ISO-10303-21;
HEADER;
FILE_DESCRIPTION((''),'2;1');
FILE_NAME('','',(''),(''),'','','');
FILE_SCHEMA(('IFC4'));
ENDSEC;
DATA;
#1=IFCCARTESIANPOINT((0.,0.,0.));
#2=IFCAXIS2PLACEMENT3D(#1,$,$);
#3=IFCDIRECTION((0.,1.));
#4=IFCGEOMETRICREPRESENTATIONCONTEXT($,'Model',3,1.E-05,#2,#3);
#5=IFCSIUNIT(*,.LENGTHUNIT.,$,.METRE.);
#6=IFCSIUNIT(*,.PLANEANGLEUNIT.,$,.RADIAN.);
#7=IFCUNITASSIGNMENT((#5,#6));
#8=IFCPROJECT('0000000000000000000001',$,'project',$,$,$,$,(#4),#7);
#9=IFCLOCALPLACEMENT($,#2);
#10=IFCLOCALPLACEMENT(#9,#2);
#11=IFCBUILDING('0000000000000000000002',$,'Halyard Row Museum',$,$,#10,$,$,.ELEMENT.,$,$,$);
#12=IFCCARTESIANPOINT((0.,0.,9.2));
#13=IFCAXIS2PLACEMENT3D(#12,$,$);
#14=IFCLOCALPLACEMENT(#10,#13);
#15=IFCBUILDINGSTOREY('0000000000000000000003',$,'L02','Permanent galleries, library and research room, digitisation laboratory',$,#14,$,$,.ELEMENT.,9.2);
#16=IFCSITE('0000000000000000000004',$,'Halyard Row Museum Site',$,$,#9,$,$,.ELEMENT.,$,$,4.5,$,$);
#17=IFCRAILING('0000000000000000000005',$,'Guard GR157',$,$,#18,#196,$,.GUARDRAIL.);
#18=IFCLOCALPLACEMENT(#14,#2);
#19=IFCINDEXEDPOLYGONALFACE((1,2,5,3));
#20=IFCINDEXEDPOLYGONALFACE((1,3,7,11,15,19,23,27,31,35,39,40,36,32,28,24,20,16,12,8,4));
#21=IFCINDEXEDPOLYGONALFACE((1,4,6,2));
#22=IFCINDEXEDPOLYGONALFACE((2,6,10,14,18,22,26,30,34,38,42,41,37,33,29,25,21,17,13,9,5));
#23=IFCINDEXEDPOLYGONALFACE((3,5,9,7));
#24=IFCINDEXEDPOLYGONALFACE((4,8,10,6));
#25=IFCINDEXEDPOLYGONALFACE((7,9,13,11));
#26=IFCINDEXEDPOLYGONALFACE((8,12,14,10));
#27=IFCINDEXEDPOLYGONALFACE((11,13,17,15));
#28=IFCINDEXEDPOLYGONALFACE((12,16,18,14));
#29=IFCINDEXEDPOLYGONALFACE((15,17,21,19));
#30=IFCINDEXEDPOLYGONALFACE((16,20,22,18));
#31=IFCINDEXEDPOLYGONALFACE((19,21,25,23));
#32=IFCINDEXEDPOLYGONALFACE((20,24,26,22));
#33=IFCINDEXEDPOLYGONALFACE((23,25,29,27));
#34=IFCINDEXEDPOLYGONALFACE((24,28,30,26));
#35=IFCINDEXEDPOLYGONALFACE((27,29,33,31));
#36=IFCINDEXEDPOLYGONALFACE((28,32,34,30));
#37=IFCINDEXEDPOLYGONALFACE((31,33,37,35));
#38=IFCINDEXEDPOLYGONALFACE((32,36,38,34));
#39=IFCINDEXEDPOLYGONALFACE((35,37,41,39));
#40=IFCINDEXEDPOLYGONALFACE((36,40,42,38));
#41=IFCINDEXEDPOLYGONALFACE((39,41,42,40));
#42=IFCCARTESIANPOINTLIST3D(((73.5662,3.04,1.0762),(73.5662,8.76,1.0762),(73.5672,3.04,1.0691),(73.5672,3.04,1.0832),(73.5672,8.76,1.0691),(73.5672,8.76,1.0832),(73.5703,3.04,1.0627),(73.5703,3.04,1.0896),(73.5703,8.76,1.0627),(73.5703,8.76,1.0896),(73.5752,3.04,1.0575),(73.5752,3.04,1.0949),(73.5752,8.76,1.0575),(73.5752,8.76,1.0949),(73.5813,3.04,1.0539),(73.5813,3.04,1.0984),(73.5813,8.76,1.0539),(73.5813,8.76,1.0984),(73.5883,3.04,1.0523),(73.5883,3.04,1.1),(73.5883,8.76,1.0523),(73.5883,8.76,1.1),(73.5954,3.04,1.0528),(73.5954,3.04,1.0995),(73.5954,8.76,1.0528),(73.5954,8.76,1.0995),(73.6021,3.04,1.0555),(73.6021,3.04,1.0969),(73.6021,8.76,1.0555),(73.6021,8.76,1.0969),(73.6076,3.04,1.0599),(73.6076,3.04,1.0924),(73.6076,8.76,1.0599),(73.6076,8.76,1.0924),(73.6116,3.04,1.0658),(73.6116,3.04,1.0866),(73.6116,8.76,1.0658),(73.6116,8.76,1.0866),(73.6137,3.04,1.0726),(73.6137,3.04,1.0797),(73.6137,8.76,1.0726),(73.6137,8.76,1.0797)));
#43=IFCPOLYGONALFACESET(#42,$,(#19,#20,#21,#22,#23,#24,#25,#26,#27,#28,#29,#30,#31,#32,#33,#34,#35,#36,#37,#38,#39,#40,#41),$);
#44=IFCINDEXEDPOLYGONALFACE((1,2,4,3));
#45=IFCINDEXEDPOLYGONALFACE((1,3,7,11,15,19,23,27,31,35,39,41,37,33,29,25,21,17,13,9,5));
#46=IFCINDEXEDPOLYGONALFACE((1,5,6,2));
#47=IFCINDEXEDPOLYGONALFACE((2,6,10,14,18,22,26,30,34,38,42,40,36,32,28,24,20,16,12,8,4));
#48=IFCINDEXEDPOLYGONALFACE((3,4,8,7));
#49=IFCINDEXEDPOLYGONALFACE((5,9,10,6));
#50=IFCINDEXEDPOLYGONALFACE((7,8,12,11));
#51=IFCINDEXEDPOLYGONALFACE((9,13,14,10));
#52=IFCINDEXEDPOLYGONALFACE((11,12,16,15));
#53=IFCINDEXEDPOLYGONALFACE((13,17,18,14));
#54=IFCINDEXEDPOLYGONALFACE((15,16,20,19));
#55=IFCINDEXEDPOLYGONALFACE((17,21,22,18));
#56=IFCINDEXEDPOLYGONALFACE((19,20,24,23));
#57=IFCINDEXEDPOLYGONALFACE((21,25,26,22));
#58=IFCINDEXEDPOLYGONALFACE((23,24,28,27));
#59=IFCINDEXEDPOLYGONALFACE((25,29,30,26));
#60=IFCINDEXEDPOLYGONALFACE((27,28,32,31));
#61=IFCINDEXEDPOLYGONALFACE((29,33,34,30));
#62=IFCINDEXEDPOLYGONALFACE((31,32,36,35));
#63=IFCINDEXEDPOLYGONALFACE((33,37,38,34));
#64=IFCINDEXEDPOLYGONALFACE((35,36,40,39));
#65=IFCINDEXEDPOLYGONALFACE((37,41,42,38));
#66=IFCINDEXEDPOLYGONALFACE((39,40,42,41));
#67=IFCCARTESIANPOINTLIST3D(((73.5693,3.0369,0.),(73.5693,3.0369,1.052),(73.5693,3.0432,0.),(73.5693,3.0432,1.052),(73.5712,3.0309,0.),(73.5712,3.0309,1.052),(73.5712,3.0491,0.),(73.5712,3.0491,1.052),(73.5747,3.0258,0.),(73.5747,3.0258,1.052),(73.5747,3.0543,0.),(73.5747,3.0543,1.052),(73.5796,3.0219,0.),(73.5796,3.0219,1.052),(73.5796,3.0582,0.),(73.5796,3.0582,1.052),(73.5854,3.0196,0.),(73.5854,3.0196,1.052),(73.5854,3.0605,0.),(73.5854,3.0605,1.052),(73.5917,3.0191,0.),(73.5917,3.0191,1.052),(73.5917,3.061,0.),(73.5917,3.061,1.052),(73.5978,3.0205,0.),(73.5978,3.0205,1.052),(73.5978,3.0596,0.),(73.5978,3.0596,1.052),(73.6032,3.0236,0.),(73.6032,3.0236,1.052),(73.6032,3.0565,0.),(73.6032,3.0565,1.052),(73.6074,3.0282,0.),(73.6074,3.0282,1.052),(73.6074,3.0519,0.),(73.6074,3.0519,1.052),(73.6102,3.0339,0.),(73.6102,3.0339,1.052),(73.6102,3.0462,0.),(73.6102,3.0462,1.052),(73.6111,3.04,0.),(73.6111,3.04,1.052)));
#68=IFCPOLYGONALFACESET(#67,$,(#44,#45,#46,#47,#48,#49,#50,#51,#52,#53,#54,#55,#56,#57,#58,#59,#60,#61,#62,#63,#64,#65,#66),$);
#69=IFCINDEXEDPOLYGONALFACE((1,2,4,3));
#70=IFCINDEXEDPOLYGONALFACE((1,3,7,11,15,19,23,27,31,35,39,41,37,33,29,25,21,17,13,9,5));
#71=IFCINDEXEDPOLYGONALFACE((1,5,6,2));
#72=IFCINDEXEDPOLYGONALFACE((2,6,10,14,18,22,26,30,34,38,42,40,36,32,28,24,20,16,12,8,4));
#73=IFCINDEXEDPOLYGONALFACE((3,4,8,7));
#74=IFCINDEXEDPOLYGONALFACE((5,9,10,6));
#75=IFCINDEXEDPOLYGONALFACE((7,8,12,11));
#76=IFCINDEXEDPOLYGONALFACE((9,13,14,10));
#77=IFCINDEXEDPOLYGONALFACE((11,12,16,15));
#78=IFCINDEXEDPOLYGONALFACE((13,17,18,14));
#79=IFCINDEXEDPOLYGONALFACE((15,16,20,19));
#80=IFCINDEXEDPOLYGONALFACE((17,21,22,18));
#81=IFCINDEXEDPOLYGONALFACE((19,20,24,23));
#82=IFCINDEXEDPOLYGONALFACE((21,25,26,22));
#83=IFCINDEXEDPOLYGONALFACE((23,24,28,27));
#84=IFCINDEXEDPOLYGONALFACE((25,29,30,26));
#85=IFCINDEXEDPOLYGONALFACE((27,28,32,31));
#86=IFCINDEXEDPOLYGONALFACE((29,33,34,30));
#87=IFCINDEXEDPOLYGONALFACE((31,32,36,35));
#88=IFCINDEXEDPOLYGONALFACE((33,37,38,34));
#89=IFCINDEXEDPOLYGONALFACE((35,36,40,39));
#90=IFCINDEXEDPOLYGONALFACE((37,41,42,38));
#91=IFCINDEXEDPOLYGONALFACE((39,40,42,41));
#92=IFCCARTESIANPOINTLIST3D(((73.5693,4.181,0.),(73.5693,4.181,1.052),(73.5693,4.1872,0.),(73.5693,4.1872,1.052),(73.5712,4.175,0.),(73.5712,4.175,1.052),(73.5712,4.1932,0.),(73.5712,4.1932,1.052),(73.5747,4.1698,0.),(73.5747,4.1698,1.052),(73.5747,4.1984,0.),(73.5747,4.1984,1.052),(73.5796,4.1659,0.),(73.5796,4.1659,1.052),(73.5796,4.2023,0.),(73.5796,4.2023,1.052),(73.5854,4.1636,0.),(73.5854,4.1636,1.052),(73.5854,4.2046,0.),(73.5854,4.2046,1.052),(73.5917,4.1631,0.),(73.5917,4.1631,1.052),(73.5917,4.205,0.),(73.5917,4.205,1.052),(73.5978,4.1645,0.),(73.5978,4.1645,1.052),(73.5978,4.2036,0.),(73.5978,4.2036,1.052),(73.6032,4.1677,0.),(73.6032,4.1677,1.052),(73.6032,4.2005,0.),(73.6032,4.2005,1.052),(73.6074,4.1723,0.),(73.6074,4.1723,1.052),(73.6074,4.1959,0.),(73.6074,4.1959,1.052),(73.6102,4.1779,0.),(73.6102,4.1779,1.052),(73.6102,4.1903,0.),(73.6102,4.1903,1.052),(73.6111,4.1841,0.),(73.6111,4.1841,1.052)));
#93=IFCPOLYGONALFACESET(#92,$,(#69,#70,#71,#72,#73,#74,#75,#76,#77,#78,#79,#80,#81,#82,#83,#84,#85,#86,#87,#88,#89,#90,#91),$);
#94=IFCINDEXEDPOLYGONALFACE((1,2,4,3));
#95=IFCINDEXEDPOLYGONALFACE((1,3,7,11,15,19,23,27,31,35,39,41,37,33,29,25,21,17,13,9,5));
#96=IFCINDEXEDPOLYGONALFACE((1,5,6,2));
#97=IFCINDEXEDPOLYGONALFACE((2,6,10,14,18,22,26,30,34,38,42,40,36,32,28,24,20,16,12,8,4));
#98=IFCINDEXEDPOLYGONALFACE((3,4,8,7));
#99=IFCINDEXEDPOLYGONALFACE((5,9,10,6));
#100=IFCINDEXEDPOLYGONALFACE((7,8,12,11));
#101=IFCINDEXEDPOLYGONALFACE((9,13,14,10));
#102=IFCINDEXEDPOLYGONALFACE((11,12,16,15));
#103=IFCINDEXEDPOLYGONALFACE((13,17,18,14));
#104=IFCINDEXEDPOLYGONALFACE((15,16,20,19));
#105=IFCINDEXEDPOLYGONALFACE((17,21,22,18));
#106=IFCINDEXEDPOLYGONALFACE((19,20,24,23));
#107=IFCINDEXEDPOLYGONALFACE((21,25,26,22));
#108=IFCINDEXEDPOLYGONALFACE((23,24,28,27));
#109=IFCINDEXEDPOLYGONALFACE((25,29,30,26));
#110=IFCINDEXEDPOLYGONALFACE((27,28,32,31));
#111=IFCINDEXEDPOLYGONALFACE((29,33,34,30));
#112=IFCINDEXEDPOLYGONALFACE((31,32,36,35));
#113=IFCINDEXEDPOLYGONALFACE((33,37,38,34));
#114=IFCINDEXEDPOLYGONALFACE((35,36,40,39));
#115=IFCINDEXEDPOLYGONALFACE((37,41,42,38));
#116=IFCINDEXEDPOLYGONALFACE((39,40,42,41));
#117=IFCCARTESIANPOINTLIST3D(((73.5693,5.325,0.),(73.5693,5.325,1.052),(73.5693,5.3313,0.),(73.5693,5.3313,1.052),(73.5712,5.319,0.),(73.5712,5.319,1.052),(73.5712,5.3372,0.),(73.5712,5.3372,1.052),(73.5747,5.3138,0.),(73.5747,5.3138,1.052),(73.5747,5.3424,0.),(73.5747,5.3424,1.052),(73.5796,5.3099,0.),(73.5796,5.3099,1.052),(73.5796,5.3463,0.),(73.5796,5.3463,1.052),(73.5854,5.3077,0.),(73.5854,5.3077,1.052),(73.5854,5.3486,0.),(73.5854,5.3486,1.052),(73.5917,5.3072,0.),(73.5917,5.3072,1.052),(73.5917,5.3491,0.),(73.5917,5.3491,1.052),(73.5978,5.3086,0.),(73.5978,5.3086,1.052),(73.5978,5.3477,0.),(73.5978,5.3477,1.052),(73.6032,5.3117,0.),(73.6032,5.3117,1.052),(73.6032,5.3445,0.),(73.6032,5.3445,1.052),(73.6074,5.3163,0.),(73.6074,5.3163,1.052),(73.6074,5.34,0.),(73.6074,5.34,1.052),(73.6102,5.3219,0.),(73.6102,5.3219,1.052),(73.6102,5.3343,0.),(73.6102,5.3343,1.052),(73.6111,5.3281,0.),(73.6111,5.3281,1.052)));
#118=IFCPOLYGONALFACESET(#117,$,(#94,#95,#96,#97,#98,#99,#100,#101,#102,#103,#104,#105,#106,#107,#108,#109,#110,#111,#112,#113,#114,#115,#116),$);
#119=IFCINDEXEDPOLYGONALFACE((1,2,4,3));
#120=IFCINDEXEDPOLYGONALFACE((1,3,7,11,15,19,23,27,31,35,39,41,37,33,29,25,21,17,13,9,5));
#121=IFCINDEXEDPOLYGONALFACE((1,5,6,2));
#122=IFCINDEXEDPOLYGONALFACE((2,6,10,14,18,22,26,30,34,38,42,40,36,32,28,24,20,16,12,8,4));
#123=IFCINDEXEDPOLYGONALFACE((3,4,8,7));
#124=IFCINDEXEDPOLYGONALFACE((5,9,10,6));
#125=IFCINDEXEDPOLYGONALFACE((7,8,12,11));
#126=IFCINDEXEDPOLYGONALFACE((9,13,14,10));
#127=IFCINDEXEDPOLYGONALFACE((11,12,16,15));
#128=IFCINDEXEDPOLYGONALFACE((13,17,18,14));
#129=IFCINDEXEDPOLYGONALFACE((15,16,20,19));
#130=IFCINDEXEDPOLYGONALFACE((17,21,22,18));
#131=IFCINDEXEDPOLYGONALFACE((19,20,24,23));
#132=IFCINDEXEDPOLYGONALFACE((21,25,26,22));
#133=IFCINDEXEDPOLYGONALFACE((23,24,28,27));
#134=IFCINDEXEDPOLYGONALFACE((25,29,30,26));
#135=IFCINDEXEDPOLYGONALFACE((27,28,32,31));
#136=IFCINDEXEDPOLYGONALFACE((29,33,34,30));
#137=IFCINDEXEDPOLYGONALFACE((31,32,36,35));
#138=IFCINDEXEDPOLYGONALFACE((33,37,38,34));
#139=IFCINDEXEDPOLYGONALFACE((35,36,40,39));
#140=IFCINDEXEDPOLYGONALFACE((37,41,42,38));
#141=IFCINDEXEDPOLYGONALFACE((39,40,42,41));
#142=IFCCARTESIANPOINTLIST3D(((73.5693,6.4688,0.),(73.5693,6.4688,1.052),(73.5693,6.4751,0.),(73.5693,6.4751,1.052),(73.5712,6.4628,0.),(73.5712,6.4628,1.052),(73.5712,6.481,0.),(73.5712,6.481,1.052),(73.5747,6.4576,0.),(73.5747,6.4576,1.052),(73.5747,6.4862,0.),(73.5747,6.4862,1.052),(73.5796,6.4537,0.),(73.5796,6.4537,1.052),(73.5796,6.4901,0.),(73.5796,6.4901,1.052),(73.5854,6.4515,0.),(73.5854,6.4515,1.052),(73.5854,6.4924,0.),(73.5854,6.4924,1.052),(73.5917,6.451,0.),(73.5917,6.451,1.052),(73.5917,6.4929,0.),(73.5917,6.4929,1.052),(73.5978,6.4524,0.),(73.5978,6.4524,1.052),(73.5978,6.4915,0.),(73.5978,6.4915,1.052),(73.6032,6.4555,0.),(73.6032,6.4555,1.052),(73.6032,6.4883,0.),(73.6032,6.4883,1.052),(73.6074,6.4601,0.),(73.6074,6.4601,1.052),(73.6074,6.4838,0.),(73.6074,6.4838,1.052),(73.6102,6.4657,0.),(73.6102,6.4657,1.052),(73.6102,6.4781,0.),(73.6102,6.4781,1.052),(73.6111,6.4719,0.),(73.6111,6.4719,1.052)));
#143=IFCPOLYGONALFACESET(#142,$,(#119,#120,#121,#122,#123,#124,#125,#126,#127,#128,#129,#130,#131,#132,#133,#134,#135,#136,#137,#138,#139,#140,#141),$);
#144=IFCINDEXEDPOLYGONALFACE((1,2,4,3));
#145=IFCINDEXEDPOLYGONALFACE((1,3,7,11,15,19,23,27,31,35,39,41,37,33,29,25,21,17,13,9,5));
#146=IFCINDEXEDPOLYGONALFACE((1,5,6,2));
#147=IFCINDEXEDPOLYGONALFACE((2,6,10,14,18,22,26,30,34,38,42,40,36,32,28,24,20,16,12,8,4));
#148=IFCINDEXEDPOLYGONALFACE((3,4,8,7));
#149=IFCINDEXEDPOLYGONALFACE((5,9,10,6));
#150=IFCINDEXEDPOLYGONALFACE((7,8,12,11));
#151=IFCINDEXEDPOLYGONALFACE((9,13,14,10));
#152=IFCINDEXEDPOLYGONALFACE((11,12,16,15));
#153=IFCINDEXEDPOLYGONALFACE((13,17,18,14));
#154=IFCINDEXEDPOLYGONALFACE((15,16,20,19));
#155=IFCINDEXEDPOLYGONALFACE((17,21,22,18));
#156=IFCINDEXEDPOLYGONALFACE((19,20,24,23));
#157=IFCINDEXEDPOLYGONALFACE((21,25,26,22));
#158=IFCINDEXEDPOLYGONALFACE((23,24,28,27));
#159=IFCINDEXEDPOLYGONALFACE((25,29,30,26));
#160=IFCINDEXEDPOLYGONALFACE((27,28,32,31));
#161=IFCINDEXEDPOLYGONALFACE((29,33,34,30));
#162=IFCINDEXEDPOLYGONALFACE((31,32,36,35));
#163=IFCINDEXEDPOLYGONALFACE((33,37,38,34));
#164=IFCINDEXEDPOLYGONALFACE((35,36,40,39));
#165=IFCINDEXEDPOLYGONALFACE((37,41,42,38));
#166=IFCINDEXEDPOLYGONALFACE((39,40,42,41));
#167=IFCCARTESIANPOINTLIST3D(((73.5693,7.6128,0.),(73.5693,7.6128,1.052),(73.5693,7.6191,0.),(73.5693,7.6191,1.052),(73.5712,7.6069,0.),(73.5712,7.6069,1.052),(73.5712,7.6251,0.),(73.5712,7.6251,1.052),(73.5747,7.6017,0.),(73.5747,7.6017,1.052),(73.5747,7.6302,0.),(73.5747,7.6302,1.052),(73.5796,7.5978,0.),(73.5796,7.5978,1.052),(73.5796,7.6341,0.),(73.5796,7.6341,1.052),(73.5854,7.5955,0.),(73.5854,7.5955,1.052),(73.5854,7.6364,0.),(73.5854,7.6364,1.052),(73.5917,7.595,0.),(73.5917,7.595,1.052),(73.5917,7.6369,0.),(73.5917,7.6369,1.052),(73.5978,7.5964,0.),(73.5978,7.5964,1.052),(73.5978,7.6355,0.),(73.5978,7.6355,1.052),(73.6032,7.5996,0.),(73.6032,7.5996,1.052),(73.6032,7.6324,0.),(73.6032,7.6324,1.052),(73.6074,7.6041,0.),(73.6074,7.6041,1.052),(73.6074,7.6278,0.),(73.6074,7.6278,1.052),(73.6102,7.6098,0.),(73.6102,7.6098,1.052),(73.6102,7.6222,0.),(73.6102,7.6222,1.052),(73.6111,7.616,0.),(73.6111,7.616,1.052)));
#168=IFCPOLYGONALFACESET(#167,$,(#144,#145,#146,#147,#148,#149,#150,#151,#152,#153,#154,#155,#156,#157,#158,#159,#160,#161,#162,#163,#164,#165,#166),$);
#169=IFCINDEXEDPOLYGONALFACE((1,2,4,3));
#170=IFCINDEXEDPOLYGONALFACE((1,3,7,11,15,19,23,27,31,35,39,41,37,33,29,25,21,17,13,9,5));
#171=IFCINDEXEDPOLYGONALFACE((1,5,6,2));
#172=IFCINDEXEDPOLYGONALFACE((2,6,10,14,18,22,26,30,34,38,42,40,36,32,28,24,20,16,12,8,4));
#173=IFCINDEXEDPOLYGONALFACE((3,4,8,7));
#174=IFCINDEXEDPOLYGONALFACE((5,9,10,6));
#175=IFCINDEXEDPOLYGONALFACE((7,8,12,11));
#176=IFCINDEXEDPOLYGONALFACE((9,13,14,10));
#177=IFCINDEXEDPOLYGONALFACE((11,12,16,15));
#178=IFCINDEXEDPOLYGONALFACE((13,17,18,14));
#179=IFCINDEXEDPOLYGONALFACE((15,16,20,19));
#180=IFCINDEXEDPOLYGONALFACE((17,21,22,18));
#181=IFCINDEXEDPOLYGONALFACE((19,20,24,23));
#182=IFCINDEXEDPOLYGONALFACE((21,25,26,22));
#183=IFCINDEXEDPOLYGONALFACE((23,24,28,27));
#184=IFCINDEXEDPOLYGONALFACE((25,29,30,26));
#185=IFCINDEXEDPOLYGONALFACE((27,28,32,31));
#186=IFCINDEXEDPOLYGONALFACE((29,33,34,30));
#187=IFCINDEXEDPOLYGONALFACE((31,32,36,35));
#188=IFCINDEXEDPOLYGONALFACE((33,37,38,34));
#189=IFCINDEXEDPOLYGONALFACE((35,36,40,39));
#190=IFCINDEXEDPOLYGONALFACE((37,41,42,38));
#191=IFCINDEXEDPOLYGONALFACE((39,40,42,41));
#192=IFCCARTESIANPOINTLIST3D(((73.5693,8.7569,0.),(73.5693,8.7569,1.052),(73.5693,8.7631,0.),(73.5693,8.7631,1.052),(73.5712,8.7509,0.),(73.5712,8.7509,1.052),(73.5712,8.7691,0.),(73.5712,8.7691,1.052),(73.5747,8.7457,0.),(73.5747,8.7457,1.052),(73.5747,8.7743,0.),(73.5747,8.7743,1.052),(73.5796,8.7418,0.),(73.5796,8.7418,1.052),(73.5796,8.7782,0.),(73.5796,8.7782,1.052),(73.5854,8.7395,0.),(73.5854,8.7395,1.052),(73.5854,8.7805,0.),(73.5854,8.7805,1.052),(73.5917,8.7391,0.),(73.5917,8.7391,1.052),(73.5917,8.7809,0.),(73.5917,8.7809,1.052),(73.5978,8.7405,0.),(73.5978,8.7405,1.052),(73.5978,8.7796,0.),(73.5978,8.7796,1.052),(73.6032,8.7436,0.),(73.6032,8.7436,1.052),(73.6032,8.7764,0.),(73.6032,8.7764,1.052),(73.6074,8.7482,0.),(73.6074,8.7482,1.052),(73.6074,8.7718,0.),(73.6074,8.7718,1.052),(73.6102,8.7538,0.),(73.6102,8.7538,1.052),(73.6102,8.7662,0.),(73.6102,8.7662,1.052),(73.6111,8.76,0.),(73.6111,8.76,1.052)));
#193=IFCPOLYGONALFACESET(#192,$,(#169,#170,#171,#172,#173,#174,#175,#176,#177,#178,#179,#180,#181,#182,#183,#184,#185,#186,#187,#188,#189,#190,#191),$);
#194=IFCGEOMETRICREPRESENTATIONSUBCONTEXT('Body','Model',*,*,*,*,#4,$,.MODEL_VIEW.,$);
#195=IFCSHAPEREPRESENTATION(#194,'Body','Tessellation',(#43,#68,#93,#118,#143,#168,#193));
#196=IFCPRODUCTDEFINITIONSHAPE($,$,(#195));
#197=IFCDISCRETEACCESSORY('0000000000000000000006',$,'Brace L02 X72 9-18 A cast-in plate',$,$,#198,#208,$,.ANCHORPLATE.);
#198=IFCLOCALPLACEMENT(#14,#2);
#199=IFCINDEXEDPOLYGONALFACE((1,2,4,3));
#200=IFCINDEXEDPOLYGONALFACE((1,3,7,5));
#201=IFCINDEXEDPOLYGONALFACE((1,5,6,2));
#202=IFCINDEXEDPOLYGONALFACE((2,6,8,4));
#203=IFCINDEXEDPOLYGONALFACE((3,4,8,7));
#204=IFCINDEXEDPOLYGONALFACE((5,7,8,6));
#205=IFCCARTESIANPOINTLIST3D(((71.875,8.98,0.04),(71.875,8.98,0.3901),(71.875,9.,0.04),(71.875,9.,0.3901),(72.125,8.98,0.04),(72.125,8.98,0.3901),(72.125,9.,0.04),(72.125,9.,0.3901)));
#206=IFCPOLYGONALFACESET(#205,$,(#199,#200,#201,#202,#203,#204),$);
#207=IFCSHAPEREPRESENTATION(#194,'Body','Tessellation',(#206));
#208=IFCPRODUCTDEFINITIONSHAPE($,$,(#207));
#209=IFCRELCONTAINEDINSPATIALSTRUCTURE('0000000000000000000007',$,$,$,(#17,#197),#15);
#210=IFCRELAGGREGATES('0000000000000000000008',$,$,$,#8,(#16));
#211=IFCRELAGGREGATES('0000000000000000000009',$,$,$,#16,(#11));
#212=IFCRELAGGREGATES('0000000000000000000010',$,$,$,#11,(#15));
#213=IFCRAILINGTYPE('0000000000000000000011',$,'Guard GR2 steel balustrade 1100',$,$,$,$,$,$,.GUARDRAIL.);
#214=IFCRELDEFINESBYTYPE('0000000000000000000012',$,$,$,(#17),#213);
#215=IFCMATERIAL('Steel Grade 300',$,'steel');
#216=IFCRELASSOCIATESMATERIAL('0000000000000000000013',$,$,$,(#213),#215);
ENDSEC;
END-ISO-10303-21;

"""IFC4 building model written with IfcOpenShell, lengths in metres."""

from ifc_helpers import new_model, si_unit, direction, frame, origin, origin_2d, place, context, subcontext, project, spatial, rectangle, circle, extrude, material, type_object, element, save


model = new_model("IFC4")

# Units and contexts
model_context = context("Model", 3, precision=1e-05, world=origin(), true_north=direction((0.0, 1.0)))
body_context = subcontext(model_context, "Body", "Model", "MODEL_VIEW")
ifc_project = project(units=[si_unit("LENGTHUNIT", "METRE"), si_unit("PLANEANGLEUNIT", "RADIAN")], contexts=[model_context])

# Site, building, storey
site_placement = place(None, origin())
site = spatial("IfcSite", under=ifc_project, at=site_placement, Name="Halyard Row Museum Site", CompositionType="ELEMENT", RefElevation=4.5)
building_placement = place(site_placement, origin())
building = spatial("IfcBuilding", under=site, at=building_placement, Name="Halyard Row Museum", CompositionType="ELEMENT")
storey_placement = place(building_placement, frame((0.0, 0.0, 9.2)))
storey = spatial("IfcBuildingStorey", under=building, at=storey_placement, Name="L02", Description="Permanent galleries, library and research room, digitisation laboratory", CompositionType="ELEMENT", Elevation=9.2)

# Railing
ifc_material_1 = material(Name="Steel Grade 300", Category="steel")
railing_type_1 = type_object("IfcRailingType", Name="Guard GR2 steel balustrade 1100", PredefinedType="GUARDRAIL", material=ifc_material_1)
railing_1_placement = place(storey_placement, frame((73.5901, 3.04, 0.0)))
element("IfcRailing", 1, at=railing_1_placement, inside=storey, type_object=railing_type_1, Name="Guard GR157", PredefinedType="GUARDRAIL", context=body_context, shape_type="SweptSolid", body=[
    extrude(circle(Radius=0.0239, at=origin_2d()), frame((0.0, 0.0, 1.0762), z_axis=(0.0, 1.0, 0.0), x_axis=(-1.0, 0.0, 0.0)), (0.0, 0.0, 1.0), 5.72),
    extrude(circle(Radius=0.021, at=origin_2d()), origin(), (0.0, 0.0, 1.0), 1.052),
    extrude(circle(Radius=0.021, at=origin_2d()), frame((0.0, 1.144, 0.0)), (0.0, 0.0, 1.0), 1.052),
    extrude(circle(Radius=0.021, at=origin_2d()), frame((0.0, 2.2881, 0.0)), (0.0, 0.0, 1.0), 1.052),
    extrude(circle(Radius=0.021, at=origin_2d()), frame((0.0, 3.4319, 0.0)), (0.0, 0.0, 1.0), 1.052),
    extrude(circle(Radius=0.021, at=origin_2d()), frame((0.0, 4.5759, 0.0)), (0.0, 0.0, 1.0), 1.052),
    extrude(circle(Radius=0.021, at=origin_2d()), frame((0.0, 5.72, 0.0)), (0.0, 0.0, 1.0), 1.052),
])

# Discrete accessory
discrete_accessory_placement = place(storey_placement, frame((72.0, 9.0, 0.2151), z_axis=(0.0, -1.0, 0.0), x_axis=(1.0, 0.0, 0.0)))
element("IfcDiscreteAccessory", 2, at=discrete_accessory_placement, inside=storey, Name="Brace L02 X72 9-18 A cast-in plate", PredefinedType="ANCHORPLATE", context=body_context, shape_type="SweptSolid", body=[
    extrude(rectangle(XDim=0.25, YDim=0.3501, at=origin_2d()), origin(), (0.0, 0.0, 1.0), 0.02),
])

save(model, "model.ifc")
